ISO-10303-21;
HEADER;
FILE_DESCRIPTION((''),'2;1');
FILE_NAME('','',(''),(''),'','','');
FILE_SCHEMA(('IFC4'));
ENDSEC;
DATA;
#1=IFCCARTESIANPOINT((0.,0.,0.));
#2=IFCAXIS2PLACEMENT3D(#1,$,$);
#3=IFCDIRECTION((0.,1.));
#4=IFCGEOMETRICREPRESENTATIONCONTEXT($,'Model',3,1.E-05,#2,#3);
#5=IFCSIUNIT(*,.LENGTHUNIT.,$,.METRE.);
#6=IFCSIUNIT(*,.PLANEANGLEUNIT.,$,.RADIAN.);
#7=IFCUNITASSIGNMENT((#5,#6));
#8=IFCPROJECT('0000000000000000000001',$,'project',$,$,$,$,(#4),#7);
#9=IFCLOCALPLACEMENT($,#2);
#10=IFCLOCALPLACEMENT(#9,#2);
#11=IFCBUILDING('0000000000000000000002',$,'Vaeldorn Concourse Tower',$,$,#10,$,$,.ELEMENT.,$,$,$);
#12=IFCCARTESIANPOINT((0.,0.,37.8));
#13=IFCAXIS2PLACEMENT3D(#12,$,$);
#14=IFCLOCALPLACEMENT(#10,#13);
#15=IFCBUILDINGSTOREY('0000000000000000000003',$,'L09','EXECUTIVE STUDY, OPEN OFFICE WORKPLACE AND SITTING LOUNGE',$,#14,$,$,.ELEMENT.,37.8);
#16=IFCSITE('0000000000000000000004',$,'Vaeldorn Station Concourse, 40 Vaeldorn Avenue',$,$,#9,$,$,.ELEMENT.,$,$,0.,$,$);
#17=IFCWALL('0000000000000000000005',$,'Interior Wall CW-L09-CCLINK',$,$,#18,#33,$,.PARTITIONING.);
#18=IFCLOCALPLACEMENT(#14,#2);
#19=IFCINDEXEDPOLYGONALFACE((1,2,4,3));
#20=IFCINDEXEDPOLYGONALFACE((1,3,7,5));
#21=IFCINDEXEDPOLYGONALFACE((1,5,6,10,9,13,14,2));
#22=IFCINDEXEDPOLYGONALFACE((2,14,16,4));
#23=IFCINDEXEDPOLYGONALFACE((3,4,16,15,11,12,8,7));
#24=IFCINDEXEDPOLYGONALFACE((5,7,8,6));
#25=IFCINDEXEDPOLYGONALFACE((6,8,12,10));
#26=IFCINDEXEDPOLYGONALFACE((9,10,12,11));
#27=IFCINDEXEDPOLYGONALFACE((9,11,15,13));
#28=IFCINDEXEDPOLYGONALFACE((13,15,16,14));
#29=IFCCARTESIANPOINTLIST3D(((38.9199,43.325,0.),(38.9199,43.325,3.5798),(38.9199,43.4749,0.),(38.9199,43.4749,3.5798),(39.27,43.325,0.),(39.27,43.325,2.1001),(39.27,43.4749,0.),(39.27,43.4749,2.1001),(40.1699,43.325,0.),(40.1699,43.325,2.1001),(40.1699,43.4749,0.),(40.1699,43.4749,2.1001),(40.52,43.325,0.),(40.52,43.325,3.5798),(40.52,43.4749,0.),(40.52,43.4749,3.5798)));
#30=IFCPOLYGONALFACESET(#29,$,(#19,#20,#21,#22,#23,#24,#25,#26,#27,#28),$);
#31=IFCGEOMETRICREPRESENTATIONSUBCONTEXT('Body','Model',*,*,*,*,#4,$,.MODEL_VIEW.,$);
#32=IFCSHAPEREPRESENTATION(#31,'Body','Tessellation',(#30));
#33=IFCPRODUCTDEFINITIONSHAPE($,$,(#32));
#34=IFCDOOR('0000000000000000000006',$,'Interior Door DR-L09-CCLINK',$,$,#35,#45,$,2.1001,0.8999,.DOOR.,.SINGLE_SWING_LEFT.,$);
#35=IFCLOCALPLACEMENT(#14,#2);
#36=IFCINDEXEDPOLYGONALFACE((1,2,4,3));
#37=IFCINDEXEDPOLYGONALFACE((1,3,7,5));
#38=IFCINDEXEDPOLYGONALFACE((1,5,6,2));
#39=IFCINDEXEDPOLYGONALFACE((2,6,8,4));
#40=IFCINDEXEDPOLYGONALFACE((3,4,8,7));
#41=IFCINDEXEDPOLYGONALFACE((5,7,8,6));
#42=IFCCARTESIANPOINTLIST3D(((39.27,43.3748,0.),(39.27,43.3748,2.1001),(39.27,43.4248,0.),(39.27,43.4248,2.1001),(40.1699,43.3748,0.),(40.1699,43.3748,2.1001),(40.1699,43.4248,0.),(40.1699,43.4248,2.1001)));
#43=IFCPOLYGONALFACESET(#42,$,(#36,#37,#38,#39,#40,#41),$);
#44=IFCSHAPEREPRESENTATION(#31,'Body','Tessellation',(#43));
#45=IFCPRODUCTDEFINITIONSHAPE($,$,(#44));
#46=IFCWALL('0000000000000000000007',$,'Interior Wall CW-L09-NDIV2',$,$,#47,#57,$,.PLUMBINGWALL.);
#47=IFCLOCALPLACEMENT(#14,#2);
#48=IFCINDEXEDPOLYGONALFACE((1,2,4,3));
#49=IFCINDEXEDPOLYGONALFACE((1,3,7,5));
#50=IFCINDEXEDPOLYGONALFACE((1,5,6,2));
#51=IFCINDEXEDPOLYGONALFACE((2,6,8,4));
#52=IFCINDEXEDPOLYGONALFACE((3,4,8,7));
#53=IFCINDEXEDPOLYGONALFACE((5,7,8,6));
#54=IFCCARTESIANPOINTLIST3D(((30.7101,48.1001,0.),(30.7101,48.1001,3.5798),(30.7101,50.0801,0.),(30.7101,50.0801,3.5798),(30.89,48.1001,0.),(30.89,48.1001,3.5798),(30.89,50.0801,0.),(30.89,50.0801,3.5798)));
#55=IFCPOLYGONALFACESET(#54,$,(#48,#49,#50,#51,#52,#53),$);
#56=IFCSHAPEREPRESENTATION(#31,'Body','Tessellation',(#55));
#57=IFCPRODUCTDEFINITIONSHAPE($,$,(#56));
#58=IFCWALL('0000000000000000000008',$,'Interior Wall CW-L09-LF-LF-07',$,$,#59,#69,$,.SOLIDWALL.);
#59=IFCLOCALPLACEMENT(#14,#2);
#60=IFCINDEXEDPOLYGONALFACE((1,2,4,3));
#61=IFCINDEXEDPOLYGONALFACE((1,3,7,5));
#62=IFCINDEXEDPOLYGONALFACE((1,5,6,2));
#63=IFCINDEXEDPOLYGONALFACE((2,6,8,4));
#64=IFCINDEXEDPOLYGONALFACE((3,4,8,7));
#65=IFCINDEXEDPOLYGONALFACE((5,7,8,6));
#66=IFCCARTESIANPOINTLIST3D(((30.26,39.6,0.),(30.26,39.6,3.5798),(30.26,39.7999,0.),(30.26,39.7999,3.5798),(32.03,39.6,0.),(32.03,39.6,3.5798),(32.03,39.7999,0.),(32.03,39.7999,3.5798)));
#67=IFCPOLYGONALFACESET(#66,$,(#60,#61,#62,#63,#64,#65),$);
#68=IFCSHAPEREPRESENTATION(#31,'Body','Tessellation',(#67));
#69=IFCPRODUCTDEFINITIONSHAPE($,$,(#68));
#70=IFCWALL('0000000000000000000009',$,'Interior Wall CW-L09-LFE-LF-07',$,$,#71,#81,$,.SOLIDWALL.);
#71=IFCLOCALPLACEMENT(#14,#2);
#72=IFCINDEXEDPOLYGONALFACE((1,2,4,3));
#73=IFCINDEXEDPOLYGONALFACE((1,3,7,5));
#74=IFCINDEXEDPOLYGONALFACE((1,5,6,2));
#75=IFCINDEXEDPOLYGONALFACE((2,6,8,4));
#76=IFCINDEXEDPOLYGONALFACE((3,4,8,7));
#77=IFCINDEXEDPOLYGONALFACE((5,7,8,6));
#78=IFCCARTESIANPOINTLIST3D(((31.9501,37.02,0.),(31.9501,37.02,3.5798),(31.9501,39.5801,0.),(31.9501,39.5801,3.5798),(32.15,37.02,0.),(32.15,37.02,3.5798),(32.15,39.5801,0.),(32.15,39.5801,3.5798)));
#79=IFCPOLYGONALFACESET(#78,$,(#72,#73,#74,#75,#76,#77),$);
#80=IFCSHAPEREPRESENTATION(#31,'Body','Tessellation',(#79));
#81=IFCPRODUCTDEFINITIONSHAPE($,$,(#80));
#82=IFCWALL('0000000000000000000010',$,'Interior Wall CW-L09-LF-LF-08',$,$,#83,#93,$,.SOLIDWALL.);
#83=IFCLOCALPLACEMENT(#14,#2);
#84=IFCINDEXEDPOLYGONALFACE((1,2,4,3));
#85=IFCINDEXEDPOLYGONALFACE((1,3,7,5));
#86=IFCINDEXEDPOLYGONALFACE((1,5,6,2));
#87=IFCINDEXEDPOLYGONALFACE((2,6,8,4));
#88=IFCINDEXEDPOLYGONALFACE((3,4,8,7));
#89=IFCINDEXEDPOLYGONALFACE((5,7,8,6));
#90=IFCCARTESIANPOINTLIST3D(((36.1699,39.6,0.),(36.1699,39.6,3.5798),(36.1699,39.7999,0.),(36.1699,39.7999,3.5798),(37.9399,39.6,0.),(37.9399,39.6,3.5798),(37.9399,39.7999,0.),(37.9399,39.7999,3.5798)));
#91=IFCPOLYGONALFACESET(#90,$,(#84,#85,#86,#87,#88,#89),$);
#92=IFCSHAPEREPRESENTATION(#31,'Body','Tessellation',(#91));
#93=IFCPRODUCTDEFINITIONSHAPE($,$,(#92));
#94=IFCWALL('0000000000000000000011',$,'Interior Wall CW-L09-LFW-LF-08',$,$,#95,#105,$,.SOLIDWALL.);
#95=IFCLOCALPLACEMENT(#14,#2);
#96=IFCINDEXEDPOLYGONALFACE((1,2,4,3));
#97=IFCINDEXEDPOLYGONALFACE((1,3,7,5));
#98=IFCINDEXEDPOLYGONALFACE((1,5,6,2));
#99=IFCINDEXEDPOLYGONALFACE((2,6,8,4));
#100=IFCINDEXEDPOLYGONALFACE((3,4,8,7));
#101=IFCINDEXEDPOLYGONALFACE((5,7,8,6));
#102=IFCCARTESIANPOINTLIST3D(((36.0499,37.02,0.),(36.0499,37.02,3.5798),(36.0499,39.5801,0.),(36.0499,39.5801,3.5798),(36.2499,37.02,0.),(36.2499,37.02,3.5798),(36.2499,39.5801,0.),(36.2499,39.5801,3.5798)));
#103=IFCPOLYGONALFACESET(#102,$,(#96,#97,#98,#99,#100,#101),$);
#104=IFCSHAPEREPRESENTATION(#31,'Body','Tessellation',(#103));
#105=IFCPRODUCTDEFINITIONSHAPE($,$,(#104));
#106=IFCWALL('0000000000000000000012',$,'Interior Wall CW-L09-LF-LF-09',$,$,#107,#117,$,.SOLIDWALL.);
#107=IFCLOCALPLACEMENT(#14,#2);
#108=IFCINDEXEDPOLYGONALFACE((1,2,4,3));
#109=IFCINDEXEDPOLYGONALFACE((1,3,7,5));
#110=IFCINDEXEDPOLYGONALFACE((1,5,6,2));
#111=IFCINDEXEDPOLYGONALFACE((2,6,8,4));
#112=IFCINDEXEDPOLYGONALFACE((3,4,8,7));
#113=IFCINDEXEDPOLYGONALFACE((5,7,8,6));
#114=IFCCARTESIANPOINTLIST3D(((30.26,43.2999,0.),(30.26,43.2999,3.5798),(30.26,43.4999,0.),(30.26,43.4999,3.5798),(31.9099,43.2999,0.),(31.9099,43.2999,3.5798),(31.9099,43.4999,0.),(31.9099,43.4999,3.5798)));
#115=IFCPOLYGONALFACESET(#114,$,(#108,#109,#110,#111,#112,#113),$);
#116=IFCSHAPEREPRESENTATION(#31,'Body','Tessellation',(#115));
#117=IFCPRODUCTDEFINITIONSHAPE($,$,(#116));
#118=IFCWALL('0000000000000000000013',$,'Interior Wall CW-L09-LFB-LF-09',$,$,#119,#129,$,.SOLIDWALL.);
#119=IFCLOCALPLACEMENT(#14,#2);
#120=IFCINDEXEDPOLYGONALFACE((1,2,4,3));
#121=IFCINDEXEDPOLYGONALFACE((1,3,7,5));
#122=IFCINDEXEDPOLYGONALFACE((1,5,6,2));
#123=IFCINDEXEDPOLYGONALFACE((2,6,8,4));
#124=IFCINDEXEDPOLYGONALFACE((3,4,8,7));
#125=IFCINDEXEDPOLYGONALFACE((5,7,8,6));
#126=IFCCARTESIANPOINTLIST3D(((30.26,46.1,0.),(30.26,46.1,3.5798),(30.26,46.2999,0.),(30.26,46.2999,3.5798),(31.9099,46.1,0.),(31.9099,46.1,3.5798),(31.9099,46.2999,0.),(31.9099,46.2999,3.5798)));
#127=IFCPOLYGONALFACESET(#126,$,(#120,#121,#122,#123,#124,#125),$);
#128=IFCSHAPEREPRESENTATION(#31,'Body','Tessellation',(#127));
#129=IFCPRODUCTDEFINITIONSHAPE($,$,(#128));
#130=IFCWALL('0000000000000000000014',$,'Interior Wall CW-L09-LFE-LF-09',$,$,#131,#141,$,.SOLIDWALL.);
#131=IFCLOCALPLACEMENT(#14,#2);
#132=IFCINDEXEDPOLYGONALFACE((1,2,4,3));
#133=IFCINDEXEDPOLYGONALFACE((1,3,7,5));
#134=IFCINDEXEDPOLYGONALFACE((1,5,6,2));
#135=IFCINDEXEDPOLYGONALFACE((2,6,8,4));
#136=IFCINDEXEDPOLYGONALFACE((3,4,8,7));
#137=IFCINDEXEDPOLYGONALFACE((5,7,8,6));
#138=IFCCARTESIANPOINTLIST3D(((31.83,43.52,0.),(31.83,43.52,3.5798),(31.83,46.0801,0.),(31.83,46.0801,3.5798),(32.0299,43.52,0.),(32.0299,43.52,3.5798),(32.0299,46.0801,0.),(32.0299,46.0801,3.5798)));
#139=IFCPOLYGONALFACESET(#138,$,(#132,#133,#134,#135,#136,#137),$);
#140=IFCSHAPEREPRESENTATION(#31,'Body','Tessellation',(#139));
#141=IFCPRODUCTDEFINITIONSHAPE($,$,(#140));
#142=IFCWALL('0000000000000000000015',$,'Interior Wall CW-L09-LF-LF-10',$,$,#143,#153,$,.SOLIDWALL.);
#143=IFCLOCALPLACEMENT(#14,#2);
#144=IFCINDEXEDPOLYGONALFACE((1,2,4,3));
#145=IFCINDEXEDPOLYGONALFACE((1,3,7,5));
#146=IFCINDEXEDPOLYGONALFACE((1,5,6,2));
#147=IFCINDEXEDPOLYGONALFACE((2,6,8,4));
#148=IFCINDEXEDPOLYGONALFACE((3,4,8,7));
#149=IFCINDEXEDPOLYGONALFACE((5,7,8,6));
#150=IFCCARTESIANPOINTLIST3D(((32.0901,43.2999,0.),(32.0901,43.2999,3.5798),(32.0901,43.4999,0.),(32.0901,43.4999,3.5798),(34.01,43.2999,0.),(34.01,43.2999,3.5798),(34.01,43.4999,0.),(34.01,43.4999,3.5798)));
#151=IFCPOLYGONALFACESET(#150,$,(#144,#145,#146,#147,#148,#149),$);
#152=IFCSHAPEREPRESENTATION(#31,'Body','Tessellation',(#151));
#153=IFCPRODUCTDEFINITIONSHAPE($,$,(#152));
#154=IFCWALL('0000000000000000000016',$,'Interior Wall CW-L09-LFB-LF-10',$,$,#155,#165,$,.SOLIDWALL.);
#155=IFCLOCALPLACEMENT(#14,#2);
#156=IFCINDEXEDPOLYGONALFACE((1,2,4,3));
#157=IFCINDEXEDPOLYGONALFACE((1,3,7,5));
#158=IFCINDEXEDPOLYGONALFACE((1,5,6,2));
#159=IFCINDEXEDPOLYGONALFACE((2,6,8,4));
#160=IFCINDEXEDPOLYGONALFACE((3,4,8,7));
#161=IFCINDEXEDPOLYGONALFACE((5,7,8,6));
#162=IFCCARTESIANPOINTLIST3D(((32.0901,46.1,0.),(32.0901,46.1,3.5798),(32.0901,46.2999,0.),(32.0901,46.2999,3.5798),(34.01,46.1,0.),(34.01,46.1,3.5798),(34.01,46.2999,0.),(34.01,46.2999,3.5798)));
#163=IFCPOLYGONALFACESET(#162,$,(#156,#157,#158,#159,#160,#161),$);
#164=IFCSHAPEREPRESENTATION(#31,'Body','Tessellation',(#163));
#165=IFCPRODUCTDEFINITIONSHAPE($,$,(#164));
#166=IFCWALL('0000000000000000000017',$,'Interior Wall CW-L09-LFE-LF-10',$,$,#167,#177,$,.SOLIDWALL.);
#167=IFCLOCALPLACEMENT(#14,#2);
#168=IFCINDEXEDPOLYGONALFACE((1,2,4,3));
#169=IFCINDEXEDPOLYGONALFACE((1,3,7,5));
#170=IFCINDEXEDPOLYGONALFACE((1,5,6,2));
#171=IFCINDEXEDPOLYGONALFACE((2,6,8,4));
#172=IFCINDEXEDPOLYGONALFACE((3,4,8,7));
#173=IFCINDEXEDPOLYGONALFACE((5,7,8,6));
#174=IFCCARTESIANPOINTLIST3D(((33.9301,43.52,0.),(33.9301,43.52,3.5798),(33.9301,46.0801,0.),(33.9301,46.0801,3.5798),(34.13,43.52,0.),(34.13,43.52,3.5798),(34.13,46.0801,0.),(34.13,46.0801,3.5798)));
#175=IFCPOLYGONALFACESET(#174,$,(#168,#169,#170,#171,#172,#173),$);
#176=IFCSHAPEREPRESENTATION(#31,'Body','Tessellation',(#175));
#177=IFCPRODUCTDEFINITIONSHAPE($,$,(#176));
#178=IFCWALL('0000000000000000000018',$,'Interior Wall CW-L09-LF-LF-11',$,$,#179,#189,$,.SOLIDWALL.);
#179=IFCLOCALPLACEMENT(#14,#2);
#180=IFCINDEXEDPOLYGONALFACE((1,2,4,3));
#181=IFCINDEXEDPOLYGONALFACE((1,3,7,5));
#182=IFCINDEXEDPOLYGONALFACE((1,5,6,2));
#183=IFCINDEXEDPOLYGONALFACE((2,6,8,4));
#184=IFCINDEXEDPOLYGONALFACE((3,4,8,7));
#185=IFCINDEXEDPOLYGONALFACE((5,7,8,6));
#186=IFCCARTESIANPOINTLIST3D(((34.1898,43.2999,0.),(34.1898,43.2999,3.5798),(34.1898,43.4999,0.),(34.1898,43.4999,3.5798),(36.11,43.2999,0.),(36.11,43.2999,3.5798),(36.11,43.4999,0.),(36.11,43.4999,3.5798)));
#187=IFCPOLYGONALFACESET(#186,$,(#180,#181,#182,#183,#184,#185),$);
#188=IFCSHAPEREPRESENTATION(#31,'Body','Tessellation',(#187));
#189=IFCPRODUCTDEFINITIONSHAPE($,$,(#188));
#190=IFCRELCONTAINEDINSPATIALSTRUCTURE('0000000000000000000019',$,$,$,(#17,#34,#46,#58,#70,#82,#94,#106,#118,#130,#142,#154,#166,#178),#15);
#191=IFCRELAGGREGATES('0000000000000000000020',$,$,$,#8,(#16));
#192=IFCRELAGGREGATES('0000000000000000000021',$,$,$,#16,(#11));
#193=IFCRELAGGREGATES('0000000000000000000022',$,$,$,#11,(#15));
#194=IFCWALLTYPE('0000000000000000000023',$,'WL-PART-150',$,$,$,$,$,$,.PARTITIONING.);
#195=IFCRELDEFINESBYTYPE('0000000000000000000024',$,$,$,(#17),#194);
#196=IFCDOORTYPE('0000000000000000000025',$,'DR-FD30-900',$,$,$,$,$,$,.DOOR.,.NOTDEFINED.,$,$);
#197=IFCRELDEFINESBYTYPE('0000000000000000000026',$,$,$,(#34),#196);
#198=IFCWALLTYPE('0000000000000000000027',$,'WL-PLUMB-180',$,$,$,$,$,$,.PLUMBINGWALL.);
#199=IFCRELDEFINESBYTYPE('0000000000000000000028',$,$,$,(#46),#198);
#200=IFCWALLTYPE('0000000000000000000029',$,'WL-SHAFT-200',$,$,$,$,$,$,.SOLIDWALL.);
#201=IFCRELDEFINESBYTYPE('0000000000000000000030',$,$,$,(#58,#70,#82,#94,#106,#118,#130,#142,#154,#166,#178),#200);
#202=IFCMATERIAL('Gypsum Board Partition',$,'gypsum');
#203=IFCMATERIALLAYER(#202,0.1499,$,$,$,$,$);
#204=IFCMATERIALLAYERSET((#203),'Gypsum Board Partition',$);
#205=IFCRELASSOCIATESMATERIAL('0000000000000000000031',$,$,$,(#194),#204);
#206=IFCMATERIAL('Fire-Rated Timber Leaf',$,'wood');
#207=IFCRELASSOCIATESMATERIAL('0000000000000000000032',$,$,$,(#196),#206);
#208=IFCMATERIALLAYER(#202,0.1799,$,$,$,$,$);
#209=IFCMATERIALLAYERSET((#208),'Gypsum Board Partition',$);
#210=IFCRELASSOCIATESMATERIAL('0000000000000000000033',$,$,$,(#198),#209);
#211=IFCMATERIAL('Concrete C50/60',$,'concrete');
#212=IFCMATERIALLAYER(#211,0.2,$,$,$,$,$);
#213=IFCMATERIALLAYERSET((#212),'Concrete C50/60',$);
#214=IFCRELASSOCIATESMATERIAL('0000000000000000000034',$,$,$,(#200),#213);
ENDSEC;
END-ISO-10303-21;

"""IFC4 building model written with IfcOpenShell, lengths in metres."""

from ifc_helpers import new_model, si_unit, direction, frame, frame_2d, origin, place, context, subcontext, project, spatial, rectangle, extrude, source, transform, mapped, material, layer, layer_set, type_object, element, fill, save


model = new_model("IFC4")

# Units and contexts
model_context = context("Model", 3, precision=1e-05, world=origin(), true_north=direction((0.0, 1.0)))
body_context = subcontext(model_context, "Body", "Model", "MODEL_VIEW")
ifc_project = project(units=[si_unit("LENGTHUNIT", "METRE"), si_unit("PLANEANGLEUNIT", "RADIAN")], contexts=[model_context])

# Site, building, storey
site_placement = place(None, origin())
site = spatial("IfcSite", under=ifc_project, at=site_placement, Name="Vaeldorn Station Concourse, 40 Vaeldorn Avenue", CompositionType="ELEMENT", RefElevation=0.0)
building_placement = place(site_placement, origin())
building = spatial("IfcBuilding", under=site, at=building_placement, Name="Vaeldorn Concourse Tower", CompositionType="ELEMENT")
storey_placement = place(building_placement, frame((0.0, 0.0, 37.8)))
storey = spatial("IfcBuildingStorey", under=building, at=storey_placement, Name="L09", Description="EXECUTIVE STUDY, OPEN OFFICE WORKPLACE AND SITTING LOUNGE", CompositionType="ELEMENT", Elevation=37.8)

# Wall, opening, door
ifc_material_1 = material(Name="Gypsum Board Partition", Category="gypsum")
ifc_layer_1 = layer(ifc_material_1, 0.1499)
ifc_layer_set_1 = layer_set([ifc_layer_1], Name="Gypsum Board Partition")
wall_type_1 = type_object("IfcWallType", Name="WL-PART-150", PredefinedType="PARTITIONING", material=ifc_layer_set_1)
wall_1_placement = place(storey_placement, frame((38.9199, 43.3999, 0.0), z_axis=(0.0, 0.0, 1.0), x_axis=(1.0, 0.0, 0.0)))
wall_1 = element("IfcWall", 1, at=wall_1_placement, inside=storey, type_object=wall_type_1, Name="Interior Wall CW-L09-CCLINK", PredefinedType="PARTITIONING", context=body_context, shape_type="SweptSolid", body=[
    extrude(rectangle(XDim=1.6001, YDim=0.1499, at=frame_2d((0.8, 0.0))), origin(), (0.0, 0.0, 1.0), 3.5798),
])
opening_placement = place(wall_1_placement, frame((0.3501, 0.0, 0.0)))
opening = element("IfcOpeningElement", 2, at=opening_placement, cuts=wall_1, PredefinedType="OPENING", context=body_context, shape_type="SweptSolid", body=[
    extrude(rectangle(XDim=0.8999, YDim=2.1001, at=frame_2d((0.45, 1.05))), frame((0.0, 0.085, 0.0), z_axis=(0.0, -1.0, 0.0), x_axis=(1.0, 0.0, 0.0)), (0.0, 0.0, 1.0), 0.1699),
])
ifc_material_2 = material(Name="Fire-Rated Timber Leaf", Category="wood")
door_type = type_object("IfcDoorType", Name="DR-FD30-900", OperationType="NOTDEFINED", PredefinedType="DOOR", material=ifc_material_2)
shared_shape_1 = source(origin(), body_context, "Body", "SweptSolid", [
    extrude(rectangle(XDim=0.8999, YDim=2.1001, at=frame_2d((0.45, 1.05))), frame((0.0, 0.0249, 0.0), z_axis=(0.0, -1.0, 0.0), x_axis=(1.0, 0.0, 0.0)), (0.0, 0.0, 1.0), 0.05),
])
door_placement = place(opening_placement, origin())
door = element("IfcDoor", 3, at=door_placement, inside=storey, type_object=door_type, Name="Interior Door DR-L09-CCLINK", OperationType="SINGLE_SWING_LEFT", OverallHeight=2.1001, OverallWidth=0.8999, PredefinedType="DOOR", context=body_context, shape_type="MappedRepresentation", body=[
    mapped(shared_shape_1, transform((0.0, 0.0, 0.0), scale=1.0)),
])
fill(opening, door)

# Walls
ifc_layer_2 = layer(ifc_material_1, 0.1799)
ifc_layer_set_2 = layer_set([ifc_layer_2], Name="Gypsum Board Partition")
wall_type_2 = type_object("IfcWallType", Name="WL-PLUMB-180", PredefinedType="PLUMBINGWALL", material=ifc_layer_set_2)
wall_2_placement = place(storey_placement, frame((30.8, 48.1001, 0.0), z_axis=(0.0, 0.0, 1.0), x_axis=(0.0, 1.0, 0.0)))
element("IfcWall", 4, at=wall_2_placement, inside=storey, type_object=wall_type_2, Name="Interior Wall CW-L09-NDIV2", PredefinedType="PLUMBINGWALL", context=body_context, shape_type="SweptSolid", body=[
    extrude(rectangle(XDim=1.98, YDim=0.1799, at=frame_2d((0.99, 0.0))), origin(), (0.0, 0.0, 1.0), 3.5798),
])
ifc_material_3 = material(Name="Concrete C50/60", Category="concrete")
ifc_layer_3 = layer(ifc_material_3, 0.2)
ifc_layer_set_3 = layer_set([ifc_layer_3], Name="Concrete C50/60")
wall_type_3 = type_object("IfcWallType", Name="WL-SHAFT-200", PredefinedType="SOLIDWALL", material=ifc_layer_set_3)
wall_3_placement = place(storey_placement, frame((30.26, 39.7, 0.0), z_axis=(0.0, 0.0, 1.0), x_axis=(1.0, 0.0, 0.0)))
element("IfcWall", 5, at=wall_3_placement, inside=storey, type_object=wall_type_3, Name="Interior Wall CW-L09-LF-LF-07", PredefinedType="SOLIDWALL", context=body_context, shape_type="SweptSolid", body=[
    extrude(rectangle(XDim=1.77, YDim=0.2, at=frame_2d((0.885, 0.0))), origin(), (0.0, 0.0, 1.0), 3.5798),
])
wall_4_placement = place(storey_placement, frame((32.05, 37.02, 0.0), z_axis=(0.0, 0.0, 1.0), x_axis=(0.0, 1.0, 0.0)))
element("IfcWall", 6, at=wall_4_placement, inside=storey, type_object=wall_type_3, Name="Interior Wall CW-L09-LFE-LF-07", PredefinedType="SOLIDWALL", context=body_context, shape_type="SweptSolid", body=[
    extrude(rectangle(XDim=2.5601, YDim=0.2, at=frame_2d((1.28, 0.0))), origin(), (0.0, 0.0, 1.0), 3.5798),
])
wall_5_placement = place(storey_placement, frame((36.1699, 39.7, 0.0), z_axis=(0.0, 0.0, 1.0), x_axis=(1.0, 0.0, 0.0)))
element("IfcWall", 7, at=wall_5_placement, inside=storey, type_object=wall_type_3, Name="Interior Wall CW-L09-LF-LF-08", PredefinedType="SOLIDWALL", context=body_context, shape_type="SweptSolid", body=[
    extrude(rectangle(XDim=1.77, YDim=0.2, at=frame_2d((0.885, 0.0))), origin(), (0.0, 0.0, 1.0), 3.5798),
])
wall_6_placement = place(storey_placement, frame((36.1499, 37.02, 0.0), z_axis=(0.0, 0.0, 1.0), x_axis=(0.0, 1.0, 0.0)))
element("IfcWall", 8, at=wall_6_placement, inside=storey, type_object=wall_type_3, Name="Interior Wall CW-L09-LFW-LF-08", PredefinedType="SOLIDWALL", context=body_context, shape_type="SweptSolid", body=[
    extrude(rectangle(XDim=2.5601, YDim=0.2, at=frame_2d((1.28, 0.0))), origin(), (0.0, 0.0, 1.0), 3.5798),
])
for number, where, z_axis, x_axis, name in (
    (9, (30.26, 43.3999, 0.0), (0.0, 0.0, 1.0), (1.0, 0.0, 0.0), "Interior Wall CW-L09-LF-LF-09"),
    (10, (30.26, 46.2, 0.0), (0.0, 0.0, 1.0), (1.0, 0.0, 0.0), "Interior Wall CW-L09-LFB-LF-09"),
):
    element("IfcWall", number, at=place(storey_placement, frame(where, z_axis=z_axis, x_axis=x_axis)), inside=storey, type_object=wall_type_3, Name=name, PredefinedType="SOLIDWALL", context=body_context, shape_type="SweptSolid", body=[
        extrude(rectangle(XDim=1.6499, YDim=0.2, at=frame_2d((0.825, 0.0))), origin(), (0.0, 0.0, 1.0), 3.5798),
    ])
wall_7_placement = place(storey_placement, frame((31.9299, 43.52, 0.0), z_axis=(0.0, 0.0, 1.0), x_axis=(0.0, 1.0, 0.0)))
element("IfcWall", 11, at=wall_7_placement, inside=storey, type_object=wall_type_3, Name="Interior Wall CW-L09-LFE-LF-09", PredefinedType="SOLIDWALL", context=body_context, shape_type="SweptSolid", body=[
    extrude(rectangle(XDim=2.5601, YDim=0.2, at=frame_2d((1.28, 0.0))), origin(), (0.0, 0.0, 1.0), 3.5798),
])
for number, where, z_axis, x_axis, name in (
    (12, (32.0901, 43.3999, 0.0), (0.0, 0.0, 1.0), (1.0, 0.0, 0.0), "Interior Wall CW-L09-LF-LF-10"),
    (13, (32.0901, 46.2, 0.0), (0.0, 0.0, 1.0), (1.0, 0.0, 0.0), "Interior Wall CW-L09-LFB-LF-10"),
):
    element("IfcWall", number, at=place(storey_placement, frame(where, z_axis=z_axis, x_axis=x_axis)), inside=storey, type_object=wall_type_3, Name=name, PredefinedType="SOLIDWALL", context=body_context, shape_type="SweptSolid", body=[
        extrude(rectangle(XDim=1.9199, YDim=0.2, at=frame_2d((0.96, 0.0))), origin(), (0.0, 0.0, 1.0), 3.5798),
    ])
wall_8_placement = place(storey_placement, frame((34.03, 43.52, 0.0), z_axis=(0.0, 0.0, 1.0), x_axis=(0.0, 1.0, 0.0)))
element("IfcWall", 14, at=wall_8_placement, inside=storey, type_object=wall_type_3, Name="Interior Wall CW-L09-LFE-LF-10", PredefinedType="SOLIDWALL", context=body_context, shape_type="SweptSolid", body=[
    extrude(rectangle(XDim=2.5601, YDim=0.2, at=frame_2d((1.28, 0.0))), origin(), (0.0, 0.0, 1.0), 3.5798),
])
for number, where, z_axis, x_axis, name in (
    (15, (34.1899, 43.3999, 0.0), (0.0, 0.0, 1.0), (1.0, 0.0, 0.0), "Interior Wall CW-L09-LF-LF-11"),
):
    element("IfcWall", number, at=place(storey_placement, frame(where, z_axis=z_axis, x_axis=x_axis)), inside=storey, type_object=wall_type_3, Name=name, PredefinedType="SOLIDWALL", context=body_context, shape_type="SweptSolid", body=[
        extrude(rectangle(XDim=1.9202, YDim=0.2, at=frame_2d((0.96, 0.0))), origin(), (0.0, 0.0, 1.0), 3.5798),
    ])

save(model, "model.ifc")
